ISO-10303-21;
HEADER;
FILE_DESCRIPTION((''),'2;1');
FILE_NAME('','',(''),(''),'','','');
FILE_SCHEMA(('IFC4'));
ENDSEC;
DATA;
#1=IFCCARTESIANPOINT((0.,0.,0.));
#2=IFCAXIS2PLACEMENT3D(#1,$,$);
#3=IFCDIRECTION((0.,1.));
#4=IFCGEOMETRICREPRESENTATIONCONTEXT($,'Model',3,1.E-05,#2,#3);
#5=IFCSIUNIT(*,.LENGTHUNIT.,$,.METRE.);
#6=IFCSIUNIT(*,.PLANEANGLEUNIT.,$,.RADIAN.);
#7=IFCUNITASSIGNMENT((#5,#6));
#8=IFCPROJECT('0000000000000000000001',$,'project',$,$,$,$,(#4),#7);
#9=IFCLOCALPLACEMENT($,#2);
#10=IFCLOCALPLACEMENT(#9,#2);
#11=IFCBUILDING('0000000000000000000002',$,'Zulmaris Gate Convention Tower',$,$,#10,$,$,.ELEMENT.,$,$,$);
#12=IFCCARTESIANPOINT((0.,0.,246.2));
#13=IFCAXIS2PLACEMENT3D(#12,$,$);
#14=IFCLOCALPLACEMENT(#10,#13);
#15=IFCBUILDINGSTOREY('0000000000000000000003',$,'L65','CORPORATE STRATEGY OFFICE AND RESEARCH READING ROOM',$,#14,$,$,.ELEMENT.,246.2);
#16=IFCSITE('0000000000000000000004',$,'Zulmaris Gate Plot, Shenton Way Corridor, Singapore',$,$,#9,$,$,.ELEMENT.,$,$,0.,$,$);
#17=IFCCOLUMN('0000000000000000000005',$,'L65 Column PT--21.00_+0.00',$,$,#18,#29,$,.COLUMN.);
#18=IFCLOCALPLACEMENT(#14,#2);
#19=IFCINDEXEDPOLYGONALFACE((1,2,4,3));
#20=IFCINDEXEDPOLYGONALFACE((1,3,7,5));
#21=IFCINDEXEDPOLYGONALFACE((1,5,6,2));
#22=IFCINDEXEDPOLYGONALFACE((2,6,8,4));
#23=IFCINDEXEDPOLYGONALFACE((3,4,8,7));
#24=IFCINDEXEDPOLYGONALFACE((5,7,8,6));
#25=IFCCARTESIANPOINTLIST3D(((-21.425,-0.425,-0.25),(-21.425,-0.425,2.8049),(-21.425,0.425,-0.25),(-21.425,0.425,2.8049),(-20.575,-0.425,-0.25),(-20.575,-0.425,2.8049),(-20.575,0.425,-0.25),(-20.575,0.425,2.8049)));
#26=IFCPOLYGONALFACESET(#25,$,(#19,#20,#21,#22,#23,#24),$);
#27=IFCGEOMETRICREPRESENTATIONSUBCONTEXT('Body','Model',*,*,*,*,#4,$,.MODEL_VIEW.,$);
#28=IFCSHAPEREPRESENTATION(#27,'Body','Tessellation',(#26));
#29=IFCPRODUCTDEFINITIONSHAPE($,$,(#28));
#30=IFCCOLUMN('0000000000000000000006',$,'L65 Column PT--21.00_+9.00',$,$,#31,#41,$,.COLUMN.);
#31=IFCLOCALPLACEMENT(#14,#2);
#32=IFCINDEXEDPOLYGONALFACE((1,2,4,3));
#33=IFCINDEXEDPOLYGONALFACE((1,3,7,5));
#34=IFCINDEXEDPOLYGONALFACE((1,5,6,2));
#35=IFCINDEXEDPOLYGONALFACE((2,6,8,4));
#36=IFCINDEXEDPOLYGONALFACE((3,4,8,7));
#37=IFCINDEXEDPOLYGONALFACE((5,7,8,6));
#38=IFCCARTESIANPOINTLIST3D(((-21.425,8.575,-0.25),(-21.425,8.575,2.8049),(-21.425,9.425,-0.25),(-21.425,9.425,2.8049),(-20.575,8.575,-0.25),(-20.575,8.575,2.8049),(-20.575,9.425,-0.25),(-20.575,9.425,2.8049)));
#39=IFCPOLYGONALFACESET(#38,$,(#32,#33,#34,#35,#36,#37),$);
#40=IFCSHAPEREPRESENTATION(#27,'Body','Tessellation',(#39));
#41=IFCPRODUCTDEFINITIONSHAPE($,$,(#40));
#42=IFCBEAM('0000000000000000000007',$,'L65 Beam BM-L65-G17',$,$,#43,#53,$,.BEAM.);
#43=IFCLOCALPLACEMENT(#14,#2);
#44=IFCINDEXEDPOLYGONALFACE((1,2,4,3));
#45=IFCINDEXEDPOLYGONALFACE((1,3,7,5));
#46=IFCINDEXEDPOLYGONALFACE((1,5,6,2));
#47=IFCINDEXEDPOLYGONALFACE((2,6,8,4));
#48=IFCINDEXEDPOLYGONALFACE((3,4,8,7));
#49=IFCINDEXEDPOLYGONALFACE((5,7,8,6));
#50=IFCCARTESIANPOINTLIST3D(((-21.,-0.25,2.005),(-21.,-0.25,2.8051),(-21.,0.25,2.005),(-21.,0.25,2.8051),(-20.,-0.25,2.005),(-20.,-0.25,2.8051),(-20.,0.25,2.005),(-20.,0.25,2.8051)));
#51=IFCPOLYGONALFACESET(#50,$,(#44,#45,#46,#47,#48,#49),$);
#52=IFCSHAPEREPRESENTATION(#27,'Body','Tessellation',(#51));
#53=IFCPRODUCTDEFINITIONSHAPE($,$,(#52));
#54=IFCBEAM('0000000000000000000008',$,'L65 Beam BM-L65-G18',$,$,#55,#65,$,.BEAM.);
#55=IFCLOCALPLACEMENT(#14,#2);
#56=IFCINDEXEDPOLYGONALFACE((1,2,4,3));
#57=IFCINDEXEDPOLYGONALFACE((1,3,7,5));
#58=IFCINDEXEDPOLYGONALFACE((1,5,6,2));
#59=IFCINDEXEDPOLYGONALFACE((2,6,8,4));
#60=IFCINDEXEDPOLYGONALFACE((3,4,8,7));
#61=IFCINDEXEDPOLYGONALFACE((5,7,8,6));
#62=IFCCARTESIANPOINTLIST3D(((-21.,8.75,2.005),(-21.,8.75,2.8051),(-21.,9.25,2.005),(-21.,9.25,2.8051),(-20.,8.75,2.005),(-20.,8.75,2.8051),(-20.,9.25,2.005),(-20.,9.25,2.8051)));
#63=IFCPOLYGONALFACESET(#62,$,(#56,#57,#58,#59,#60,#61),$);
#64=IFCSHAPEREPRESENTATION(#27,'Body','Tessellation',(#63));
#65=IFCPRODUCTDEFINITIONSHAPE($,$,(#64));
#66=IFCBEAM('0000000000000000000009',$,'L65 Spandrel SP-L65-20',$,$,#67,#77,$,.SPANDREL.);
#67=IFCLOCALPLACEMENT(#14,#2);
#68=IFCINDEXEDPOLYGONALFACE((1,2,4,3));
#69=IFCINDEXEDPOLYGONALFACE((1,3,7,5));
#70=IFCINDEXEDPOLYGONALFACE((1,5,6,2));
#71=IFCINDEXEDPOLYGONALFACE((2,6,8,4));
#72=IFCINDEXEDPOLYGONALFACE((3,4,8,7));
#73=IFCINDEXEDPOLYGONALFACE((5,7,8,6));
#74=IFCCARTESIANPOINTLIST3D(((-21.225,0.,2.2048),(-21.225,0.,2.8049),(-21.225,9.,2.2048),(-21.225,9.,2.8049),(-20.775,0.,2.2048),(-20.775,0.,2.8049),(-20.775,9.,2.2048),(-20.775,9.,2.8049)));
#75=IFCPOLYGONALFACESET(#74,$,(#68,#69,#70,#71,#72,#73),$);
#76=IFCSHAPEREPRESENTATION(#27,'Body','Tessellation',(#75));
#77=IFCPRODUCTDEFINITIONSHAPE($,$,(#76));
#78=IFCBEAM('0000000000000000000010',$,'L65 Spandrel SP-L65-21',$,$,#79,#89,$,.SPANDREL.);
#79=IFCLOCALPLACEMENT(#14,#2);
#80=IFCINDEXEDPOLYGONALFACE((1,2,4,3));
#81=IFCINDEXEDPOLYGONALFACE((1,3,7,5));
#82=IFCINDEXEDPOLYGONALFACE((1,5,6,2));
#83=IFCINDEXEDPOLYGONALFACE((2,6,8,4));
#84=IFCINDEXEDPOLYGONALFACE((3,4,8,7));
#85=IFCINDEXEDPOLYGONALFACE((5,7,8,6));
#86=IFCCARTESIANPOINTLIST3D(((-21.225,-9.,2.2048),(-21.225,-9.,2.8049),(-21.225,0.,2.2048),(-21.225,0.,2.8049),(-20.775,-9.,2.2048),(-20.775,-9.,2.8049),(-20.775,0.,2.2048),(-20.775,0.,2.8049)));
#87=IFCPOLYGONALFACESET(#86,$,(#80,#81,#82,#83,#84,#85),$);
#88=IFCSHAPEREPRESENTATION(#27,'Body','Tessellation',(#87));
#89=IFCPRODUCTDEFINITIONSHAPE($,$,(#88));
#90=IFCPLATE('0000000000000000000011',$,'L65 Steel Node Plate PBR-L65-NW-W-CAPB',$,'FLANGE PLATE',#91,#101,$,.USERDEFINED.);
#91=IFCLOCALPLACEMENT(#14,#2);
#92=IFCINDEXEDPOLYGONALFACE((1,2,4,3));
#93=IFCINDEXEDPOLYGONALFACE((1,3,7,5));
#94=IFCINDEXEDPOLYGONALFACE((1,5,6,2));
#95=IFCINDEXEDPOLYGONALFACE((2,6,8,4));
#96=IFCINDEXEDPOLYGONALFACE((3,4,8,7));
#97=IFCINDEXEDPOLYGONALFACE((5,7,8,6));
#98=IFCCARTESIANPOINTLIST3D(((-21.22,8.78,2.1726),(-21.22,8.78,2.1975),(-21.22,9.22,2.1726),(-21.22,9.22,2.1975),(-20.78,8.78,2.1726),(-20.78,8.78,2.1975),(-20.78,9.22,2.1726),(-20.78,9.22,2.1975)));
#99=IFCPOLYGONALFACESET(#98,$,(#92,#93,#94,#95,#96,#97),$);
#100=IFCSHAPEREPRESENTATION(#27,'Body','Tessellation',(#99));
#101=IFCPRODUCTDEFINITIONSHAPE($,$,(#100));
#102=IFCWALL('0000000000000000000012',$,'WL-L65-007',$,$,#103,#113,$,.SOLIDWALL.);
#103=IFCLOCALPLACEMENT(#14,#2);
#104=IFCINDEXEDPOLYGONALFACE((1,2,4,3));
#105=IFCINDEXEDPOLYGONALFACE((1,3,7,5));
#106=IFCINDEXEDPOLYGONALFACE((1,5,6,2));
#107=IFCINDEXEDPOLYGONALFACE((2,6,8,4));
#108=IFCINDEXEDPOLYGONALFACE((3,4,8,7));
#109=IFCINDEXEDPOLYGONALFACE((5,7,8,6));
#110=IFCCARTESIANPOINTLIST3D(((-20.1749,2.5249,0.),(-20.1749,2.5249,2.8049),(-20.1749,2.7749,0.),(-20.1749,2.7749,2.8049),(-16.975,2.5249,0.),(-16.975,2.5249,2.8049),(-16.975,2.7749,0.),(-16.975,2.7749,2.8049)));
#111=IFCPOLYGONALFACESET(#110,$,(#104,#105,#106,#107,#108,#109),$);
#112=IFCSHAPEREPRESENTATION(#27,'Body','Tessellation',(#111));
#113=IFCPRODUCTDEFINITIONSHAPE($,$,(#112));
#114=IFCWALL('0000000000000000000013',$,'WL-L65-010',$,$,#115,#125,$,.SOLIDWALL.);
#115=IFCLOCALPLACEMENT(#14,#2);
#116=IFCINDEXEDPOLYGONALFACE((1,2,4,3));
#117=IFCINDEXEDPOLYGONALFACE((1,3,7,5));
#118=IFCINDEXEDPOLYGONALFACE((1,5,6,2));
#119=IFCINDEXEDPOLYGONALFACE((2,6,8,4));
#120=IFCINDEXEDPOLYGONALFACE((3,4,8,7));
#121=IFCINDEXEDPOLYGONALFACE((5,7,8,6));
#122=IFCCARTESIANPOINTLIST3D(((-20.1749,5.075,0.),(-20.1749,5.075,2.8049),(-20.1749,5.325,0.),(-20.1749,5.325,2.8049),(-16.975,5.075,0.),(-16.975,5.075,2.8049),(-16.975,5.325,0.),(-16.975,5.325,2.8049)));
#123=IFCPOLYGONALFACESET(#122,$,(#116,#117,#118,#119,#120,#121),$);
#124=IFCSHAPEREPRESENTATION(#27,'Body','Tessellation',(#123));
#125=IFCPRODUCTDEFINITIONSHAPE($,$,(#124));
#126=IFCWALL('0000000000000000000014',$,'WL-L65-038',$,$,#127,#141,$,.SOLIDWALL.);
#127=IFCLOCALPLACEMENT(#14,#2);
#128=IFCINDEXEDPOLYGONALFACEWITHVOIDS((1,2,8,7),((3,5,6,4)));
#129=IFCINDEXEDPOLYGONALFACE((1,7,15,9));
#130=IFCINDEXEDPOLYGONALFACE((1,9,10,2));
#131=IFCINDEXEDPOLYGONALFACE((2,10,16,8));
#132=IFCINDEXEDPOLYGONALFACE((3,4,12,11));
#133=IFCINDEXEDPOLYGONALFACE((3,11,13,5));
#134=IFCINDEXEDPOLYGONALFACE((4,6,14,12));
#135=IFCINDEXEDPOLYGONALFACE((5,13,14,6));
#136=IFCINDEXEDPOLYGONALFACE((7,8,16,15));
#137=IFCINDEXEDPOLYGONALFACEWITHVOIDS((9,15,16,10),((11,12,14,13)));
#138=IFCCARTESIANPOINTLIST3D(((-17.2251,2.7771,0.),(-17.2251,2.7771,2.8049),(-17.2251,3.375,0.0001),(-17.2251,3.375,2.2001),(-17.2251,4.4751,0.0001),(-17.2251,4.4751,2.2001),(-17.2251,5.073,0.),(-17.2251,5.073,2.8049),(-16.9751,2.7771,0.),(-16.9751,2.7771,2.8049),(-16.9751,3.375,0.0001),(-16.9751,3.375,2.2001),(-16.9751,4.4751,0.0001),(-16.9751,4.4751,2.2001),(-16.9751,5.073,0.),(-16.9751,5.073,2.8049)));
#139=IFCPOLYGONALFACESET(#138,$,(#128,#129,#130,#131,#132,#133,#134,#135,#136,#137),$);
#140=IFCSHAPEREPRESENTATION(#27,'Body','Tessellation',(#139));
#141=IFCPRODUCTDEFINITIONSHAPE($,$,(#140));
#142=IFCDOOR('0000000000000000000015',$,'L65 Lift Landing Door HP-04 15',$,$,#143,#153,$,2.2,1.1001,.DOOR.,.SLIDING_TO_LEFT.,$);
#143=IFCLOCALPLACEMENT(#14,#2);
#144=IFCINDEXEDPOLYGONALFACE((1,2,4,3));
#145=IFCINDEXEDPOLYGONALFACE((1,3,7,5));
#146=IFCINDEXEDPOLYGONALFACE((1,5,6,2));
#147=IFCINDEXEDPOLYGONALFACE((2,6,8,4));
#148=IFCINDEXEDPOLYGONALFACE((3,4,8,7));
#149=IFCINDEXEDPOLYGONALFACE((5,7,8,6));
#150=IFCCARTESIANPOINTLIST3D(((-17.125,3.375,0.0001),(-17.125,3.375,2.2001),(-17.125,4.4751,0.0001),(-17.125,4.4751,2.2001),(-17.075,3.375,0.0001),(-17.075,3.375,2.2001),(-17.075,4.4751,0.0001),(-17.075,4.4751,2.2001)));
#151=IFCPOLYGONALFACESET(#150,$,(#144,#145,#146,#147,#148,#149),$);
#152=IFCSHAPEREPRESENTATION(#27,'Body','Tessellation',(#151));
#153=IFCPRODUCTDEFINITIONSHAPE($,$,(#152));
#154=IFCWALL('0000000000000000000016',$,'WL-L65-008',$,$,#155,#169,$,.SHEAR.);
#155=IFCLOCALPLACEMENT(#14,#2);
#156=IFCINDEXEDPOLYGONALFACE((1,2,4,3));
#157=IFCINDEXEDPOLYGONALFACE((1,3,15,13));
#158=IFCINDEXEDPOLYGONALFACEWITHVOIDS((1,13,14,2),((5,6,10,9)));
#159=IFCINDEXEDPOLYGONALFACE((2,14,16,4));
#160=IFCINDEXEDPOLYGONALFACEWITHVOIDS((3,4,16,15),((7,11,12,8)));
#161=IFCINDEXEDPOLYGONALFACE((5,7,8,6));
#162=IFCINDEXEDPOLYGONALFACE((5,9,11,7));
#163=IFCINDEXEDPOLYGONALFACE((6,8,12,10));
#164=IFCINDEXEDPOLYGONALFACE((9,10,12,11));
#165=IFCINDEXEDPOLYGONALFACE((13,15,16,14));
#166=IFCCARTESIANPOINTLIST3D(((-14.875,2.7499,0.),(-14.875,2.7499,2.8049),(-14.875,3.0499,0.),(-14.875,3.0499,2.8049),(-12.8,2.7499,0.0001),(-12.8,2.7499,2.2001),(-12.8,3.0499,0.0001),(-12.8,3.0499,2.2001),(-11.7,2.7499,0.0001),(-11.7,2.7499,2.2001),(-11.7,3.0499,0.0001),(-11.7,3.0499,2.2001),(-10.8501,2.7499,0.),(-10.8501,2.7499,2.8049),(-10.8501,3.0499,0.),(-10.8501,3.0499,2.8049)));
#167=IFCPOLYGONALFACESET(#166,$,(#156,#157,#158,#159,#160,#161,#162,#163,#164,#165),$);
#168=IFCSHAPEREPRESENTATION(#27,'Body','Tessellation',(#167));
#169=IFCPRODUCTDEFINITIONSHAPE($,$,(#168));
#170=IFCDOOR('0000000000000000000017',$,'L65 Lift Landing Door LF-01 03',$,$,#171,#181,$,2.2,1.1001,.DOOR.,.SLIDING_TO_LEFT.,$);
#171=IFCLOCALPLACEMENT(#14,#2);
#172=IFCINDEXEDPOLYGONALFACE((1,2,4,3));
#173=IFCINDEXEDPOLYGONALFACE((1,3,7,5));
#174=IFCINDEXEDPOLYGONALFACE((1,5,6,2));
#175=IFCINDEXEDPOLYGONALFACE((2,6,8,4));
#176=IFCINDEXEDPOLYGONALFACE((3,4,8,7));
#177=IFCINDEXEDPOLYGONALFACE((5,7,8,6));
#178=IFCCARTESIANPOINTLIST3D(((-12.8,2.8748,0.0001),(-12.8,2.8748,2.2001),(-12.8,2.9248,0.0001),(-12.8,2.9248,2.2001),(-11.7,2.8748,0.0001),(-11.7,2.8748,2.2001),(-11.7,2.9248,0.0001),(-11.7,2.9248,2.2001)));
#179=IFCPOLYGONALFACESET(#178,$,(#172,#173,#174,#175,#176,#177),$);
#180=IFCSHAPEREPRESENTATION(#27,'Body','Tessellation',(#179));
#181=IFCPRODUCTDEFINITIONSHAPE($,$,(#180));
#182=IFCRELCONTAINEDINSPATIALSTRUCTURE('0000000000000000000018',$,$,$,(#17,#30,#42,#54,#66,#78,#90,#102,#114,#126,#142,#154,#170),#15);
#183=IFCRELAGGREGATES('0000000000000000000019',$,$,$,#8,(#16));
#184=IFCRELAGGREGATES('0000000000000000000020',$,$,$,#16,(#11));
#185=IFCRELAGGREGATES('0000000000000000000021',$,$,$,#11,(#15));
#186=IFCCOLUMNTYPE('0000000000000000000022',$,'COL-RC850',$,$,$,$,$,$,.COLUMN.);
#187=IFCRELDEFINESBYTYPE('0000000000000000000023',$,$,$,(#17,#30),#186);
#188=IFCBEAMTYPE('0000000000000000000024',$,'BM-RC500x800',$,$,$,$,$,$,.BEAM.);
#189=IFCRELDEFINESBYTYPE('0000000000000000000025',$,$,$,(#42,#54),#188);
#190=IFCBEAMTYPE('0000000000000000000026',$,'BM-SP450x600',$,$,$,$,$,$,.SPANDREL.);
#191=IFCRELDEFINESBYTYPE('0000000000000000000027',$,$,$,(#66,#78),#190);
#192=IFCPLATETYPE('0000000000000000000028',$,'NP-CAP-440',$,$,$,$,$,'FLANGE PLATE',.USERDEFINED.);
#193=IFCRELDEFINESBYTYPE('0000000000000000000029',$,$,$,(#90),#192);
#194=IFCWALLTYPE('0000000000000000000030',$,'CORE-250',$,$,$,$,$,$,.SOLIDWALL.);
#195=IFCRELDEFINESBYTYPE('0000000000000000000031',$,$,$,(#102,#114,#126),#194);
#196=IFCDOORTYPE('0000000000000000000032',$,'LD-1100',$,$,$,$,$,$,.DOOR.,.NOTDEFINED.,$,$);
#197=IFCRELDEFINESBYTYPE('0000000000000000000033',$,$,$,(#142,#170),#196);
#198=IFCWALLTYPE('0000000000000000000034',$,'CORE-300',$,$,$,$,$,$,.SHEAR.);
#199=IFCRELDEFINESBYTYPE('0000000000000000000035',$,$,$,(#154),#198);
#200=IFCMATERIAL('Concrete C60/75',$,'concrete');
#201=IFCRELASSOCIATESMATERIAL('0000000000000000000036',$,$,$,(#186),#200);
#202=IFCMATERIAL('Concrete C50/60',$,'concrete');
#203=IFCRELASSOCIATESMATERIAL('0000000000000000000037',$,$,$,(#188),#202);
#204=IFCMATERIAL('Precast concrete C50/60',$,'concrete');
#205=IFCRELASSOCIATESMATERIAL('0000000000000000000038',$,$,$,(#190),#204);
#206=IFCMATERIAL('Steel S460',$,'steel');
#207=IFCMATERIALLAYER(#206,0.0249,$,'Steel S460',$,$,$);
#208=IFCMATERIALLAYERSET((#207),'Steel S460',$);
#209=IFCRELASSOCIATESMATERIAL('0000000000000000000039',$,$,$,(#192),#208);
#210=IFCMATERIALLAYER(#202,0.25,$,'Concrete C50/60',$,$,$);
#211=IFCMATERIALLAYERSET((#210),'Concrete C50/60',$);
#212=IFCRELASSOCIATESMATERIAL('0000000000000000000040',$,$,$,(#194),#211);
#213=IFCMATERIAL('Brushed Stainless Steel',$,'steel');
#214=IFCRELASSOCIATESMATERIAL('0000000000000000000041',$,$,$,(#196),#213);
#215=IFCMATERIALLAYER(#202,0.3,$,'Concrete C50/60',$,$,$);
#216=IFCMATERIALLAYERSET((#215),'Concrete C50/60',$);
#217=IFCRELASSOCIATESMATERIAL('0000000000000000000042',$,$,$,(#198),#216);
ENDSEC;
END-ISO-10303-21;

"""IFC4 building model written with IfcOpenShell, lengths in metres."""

from ifc_helpers import new_model, si_unit, direction, frame, frame_2d, origin, origin_2d, place, context, subcontext, project, spatial, rectangle, extrude, material, layer, layer_set, material_profile, profile_set, type_object, element, fill, save


model = new_model("IFC4")

# Units and contexts
model_context = context("Model", 3, precision=1e-05, world=origin(), true_north=direction((0.0, 1.0)))
body_context = subcontext(model_context, "Body", "Model", "MODEL_VIEW")
ifc_project = project(units=[si_unit("LENGTHUNIT", "METRE"), si_unit("PLANEANGLEUNIT", "RADIAN")], contexts=[model_context])

# Site, building, storey
site_placement = place(None, origin())
site = spatial("IfcSite", under=ifc_project, at=site_placement, Name="Zulmaris Gate Plot, Shenton Way Corridor, Singapore", CompositionType="ELEMENT", RefElevation=0.0)
building_placement = place(site_placement, origin())
building = spatial("IfcBuilding", under=site, at=building_placement, Name="Zulmaris Gate Convention Tower", CompositionType="ELEMENT")
storey_placement = place(building_placement, frame((0.0, 0.0, 246.2)))
storey = spatial("IfcBuildingStorey", under=building, at=storey_placement, Name="L65", Description="CORPORATE STRATEGY OFFICE AND RESEARCH READING ROOM", CompositionType="ELEMENT", Elevation=246.2)

# Columns
ifc_material_1 = material(Name="Concrete C60/75", Category="concrete")
ifc_material_profile_1 = material_profile(ifc_material_1, rectangle(XDim=0.8501, YDim=0.8501, at=origin_2d()), Name="RC COL 850x850")
ifc_profile_set_1 = profile_set([ifc_material_profile_1], Name="Concrete C60/75")
column_type = type_object("IfcColumnType", Name="COL-RC850", PredefinedType="COLUMN", material=ifc_profile_set_1)
for number, where, z_axis, x_axis, name in (
    (1, (-21.0, 0.0, -0.25), (0.0, 0.0, 1.0), (1.0, 0.0, 0.0), "L65 Column PT--21.00_+0.00"),
    (2, (-21.0, 9.0, -0.25), (0.0, 0.0, 1.0), (1.0, 0.0, 0.0), "L65 Column PT--21.00_+9.00"),
):
    element("IfcColumn", number, at=place(storey_placement, frame(where, z_axis=z_axis, x_axis=x_axis)), inside=storey, type_object=column_type, Name=name, PredefinedType="COLUMN", context=body_context, shape_type="SweptSolid", body=[
        extrude(rectangle(XDim=0.8501, YDim=0.8501, at=origin_2d()), origin(), (0.0, 0.0, 1.0), 3.0549),
    ])

# Beams
ifc_material_2 = material(Name="Concrete C50/60", Category="concrete")
ifc_material_profile_2 = material_profile(ifc_material_2, rectangle(XDim=0.5, YDim=0.8, at=origin_2d()), Name="RC BEAM 500x800")
ifc_profile_set_2 = profile_set([ifc_material_profile_2], Name="Concrete C50/60")
beam_type_1 = type_object("IfcBeamType", Name="BM-RC500x800", PredefinedType="BEAM", material=ifc_profile_set_2)
for number, where, z_axis, x_axis, name in (
    (3, (-21.0, 0.0, 2.405), (1.0, 0.0, 0.0), (0.0, 1.0, 0.0), "L65 Beam BM-L65-G17"),
    (4, (-21.0, 9.0, 2.405), (1.0, 0.0, 0.0), (0.0, 1.0, 0.0), "L65 Beam BM-L65-G18"),
):
    element("IfcBeam", number, at=place(storey_placement, frame(where, z_axis=z_axis, x_axis=x_axis)), inside=storey, type_object=beam_type_1, Name=name, PredefinedType="BEAM", context=body_context, shape_type="SweptSolid", body=[
        extrude(rectangle(XDim=0.5, YDim=0.8, at=origin_2d()), origin(), (0.0, 0.0, 1.0), 1.0),
    ])
ifc_material_3 = material(Name="Precast concrete C50/60", Category="concrete")
ifc_material_profile_3 = material_profile(ifc_material_3, rectangle(XDim=0.45, YDim=0.6001, at=origin_2d()), Name="RC SPANDREL 450x600")
ifc_profile_set_3 = profile_set([ifc_material_profile_3], Name="Precast concrete C50/60")
beam_type_2 = type_object("IfcBeamType", Name="BM-SP450x600", PredefinedType="SPANDREL", material=ifc_profile_set_3)
for number, where, z_axis, x_axis, name in (
    (5, (-21.0, 9.0, 2.5049), (0.0, -1.0, 0.0), (1.0, 0.0, 0.0), "L65 Spandrel SP-L65-20"),
    (6, (-21.0, 0.0, 2.5049), (0.0, -1.0, 0.0), (1.0, 0.0, 0.0), "L65 Spandrel SP-L65-21"),
):
    element("IfcBeam", number, at=place(storey_placement, frame(where, z_axis=z_axis, x_axis=x_axis)), inside=storey, type_object=beam_type_2, Name=name, PredefinedType="SPANDREL", context=body_context, shape_type="SweptSolid", body=[
        extrude(rectangle(XDim=0.45, YDim=0.6001, at=origin_2d()), origin(), (0.0, 0.0, 1.0), 9.0),
    ])

# Plate
ifc_material_4 = material(Name="Steel S460", Category="steel")
ifc_layer_1 = layer(ifc_material_4, 0.0249, Name="Steel S460")
ifc_layer_set_1 = layer_set([ifc_layer_1], Name="Steel S460")
plate_type = type_object("IfcPlateType", Name="NP-CAP-440", ElementType="FLANGE PLATE", PredefinedType="USERDEFINED", material=ifc_layer_set_1)
plate_placement = place(storey_placement, frame((-21.0, 9.0, 2.1726), z_axis=(0.0, 0.0, 1.0), x_axis=(1.0, 0.0, 0.0)))
element("IfcPlate", 7, at=plate_placement, inside=storey, type_object=plate_type, Name="L65 Steel Node Plate PBR-L65-NW-W-CAPB", ObjectType="FLANGE PLATE", PredefinedType="USERDEFINED", context=body_context, shape_type="SweptSolid", body=[
    extrude(rectangle(XDim=0.4399, YDim=0.4399, at=origin_2d()), origin(), (0.0, 0.0, 1.0), 0.0249),
])

# Walls
ifc_layer_2 = layer(ifc_material_2, 0.25, Name="Concrete C50/60")
ifc_layer_set_2 = layer_set([ifc_layer_2], Name="Concrete C50/60")
wall_type_1 = type_object("IfcWallType", Name="CORE-250", PredefinedType="SOLIDWALL", material=ifc_layer_set_2)
for number, where, z_axis, x_axis, name in (
    (8, (-20.175, 2.6499, 0.0), (0.0, 0.0, 1.0), (1.0, 0.0, 0.0), "WL-L65-007"),
    (9, (-20.175, 5.2, 0.0), (0.0, 0.0, 1.0), (1.0, 0.0, 0.0), "WL-L65-010"),
):
    element("IfcWall", number, at=place(storey_placement, frame(where, z_axis=z_axis, x_axis=x_axis)), inside=storey, type_object=wall_type_1, Name=name, PredefinedType="SOLIDWALL", context=body_context, shape_type="SweptSolid", body=[
        extrude(rectangle(XDim=3.2, YDim=0.25, at=frame_2d((1.6001, 0.0))), origin(), (0.0, 0.0, 1.0), 2.8049),
    ])

# Walls, openings, doors
wall_1_placement = place(storey_placement, frame((-17.1001, 2.7771, 0.0), z_axis=(0.0, 0.0, 1.0), x_axis=(0.0, 1.0, 0.0)))
wall_1 = element("IfcWall", 10, at=wall_1_placement, inside=storey, type_object=wall_type_1, Name="WL-L65-038", PredefinedType="SOLIDWALL", context=body_context, shape_type="SweptSolid", body=[
    extrude(rectangle(XDim=2.2959, YDim=0.25, at=frame_2d((1.1479, 0.0))), origin(), (0.0, 0.0, 1.0), 2.8049),
])
opening_1_placement = place(wall_1_placement, frame((0.5979, 0.0, 0.0)))
opening_1 = element("IfcOpeningElement", 11, at=opening_1_placement, cuts=wall_1, PredefinedType="OPENING", context=body_context, shape_type="SweptSolid", body=[
    extrude(rectangle(XDim=1.1001, YDim=2.2, at=frame_2d((0.55, 1.1001))), frame((0.0, 0.135, 0.0), z_axis=(0.0, -1.0, 0.0), x_axis=(1.0, 0.0, 0.0)), (0.0, 0.0, 1.0), 0.27),
])
ifc_material_5 = material(Name="Brushed Stainless Steel", Category="steel")
door_type_1 = type_object("IfcDoorType", Name="LD-1100", OperationType="NOTDEFINED", PredefinedType="DOOR", material=ifc_material_5)
door_1_placement = place(opening_1_placement, origin())
door_1 = element("IfcDoor", 12, at=door_1_placement, inside=storey, type_object=door_type_1, Name="L65 Lift Landing Door HP-04 15", OperationType="SLIDING_TO_LEFT", OverallHeight=2.2, OverallWidth=1.1001, PredefinedType="DOOR", context=body_context, shape_type="SweptSolid", body=[
    extrude(rectangle(XDim=1.1001, YDim=2.2, at=frame_2d((0.55, 1.1001))), frame((0.0, 0.0249, 0.0), z_axis=(0.0, -1.0, 0.0), x_axis=(1.0, 0.0, 0.0)), (0.0, 0.0, 1.0), 0.05),
])
fill(opening_1, door_1)
ifc_layer_3 = layer(ifc_material_2, 0.3, Name="Concrete C50/60")
ifc_layer_set_3 = layer_set([ifc_layer_3], Name="Concrete C50/60")
wall_type_2 = type_object("IfcWallType", Name="CORE-300", PredefinedType="SHEAR", material=ifc_layer_set_3)
wall_2_placement = place(storey_placement, frame((-14.875, 2.8999, 0.0), z_axis=(0.0, 0.0, 1.0), x_axis=(1.0, 0.0, 0.0)))
wall_2 = element("IfcWall", 13, at=wall_2_placement, inside=storey, type_object=wall_type_2, Name="WL-L65-008", PredefinedType="SHEAR", context=body_context, shape_type="SweptSolid", body=[
    extrude(rectangle(XDim=4.0249, YDim=0.3, at=frame_2d((2.0125, 0.0))), origin(), (0.0, 0.0, 1.0), 2.8049),
])
opening_2_placement = place(wall_2_placement, frame((2.075, 0.0, 0.0)))
opening_2 = element("IfcOpeningElement", 14, at=opening_2_placement, cuts=wall_2, PredefinedType="OPENING", context=body_context, shape_type="SweptSolid", body=[
    extrude(rectangle(XDim=1.1001, YDim=2.2, at=frame_2d((0.55, 1.1001))), frame((0.0, 0.1602, 0.0), z_axis=(0.0, -1.0, 0.0), x_axis=(1.0, 0.0, 0.0)), (0.0, 0.0, 1.0), 0.3201),
])
door_2_placement = place(opening_2_placement, origin())
door_2 = element("IfcDoor", 15, at=door_2_placement, inside=storey, type_object=door_type_1, Name="L65 Lift Landing Door LF-01 03", OperationType="SLIDING_TO_LEFT", OverallHeight=2.2, OverallWidth=1.1001, PredefinedType="DOOR", context=body_context, shape_type="SweptSolid", body=[
    extrude(rectangle(XDim=1.1001, YDim=2.2, at=frame_2d((0.55, 1.1001))), frame((0.0, 0.0249, 0.0), z_axis=(0.0, -1.0, 0.0), x_axis=(1.0, 0.0, 0.0)), (0.0, 0.0, 1.0), 0.05),
])
fill(opening_2, door_2)

save(model, "model.ifc")
